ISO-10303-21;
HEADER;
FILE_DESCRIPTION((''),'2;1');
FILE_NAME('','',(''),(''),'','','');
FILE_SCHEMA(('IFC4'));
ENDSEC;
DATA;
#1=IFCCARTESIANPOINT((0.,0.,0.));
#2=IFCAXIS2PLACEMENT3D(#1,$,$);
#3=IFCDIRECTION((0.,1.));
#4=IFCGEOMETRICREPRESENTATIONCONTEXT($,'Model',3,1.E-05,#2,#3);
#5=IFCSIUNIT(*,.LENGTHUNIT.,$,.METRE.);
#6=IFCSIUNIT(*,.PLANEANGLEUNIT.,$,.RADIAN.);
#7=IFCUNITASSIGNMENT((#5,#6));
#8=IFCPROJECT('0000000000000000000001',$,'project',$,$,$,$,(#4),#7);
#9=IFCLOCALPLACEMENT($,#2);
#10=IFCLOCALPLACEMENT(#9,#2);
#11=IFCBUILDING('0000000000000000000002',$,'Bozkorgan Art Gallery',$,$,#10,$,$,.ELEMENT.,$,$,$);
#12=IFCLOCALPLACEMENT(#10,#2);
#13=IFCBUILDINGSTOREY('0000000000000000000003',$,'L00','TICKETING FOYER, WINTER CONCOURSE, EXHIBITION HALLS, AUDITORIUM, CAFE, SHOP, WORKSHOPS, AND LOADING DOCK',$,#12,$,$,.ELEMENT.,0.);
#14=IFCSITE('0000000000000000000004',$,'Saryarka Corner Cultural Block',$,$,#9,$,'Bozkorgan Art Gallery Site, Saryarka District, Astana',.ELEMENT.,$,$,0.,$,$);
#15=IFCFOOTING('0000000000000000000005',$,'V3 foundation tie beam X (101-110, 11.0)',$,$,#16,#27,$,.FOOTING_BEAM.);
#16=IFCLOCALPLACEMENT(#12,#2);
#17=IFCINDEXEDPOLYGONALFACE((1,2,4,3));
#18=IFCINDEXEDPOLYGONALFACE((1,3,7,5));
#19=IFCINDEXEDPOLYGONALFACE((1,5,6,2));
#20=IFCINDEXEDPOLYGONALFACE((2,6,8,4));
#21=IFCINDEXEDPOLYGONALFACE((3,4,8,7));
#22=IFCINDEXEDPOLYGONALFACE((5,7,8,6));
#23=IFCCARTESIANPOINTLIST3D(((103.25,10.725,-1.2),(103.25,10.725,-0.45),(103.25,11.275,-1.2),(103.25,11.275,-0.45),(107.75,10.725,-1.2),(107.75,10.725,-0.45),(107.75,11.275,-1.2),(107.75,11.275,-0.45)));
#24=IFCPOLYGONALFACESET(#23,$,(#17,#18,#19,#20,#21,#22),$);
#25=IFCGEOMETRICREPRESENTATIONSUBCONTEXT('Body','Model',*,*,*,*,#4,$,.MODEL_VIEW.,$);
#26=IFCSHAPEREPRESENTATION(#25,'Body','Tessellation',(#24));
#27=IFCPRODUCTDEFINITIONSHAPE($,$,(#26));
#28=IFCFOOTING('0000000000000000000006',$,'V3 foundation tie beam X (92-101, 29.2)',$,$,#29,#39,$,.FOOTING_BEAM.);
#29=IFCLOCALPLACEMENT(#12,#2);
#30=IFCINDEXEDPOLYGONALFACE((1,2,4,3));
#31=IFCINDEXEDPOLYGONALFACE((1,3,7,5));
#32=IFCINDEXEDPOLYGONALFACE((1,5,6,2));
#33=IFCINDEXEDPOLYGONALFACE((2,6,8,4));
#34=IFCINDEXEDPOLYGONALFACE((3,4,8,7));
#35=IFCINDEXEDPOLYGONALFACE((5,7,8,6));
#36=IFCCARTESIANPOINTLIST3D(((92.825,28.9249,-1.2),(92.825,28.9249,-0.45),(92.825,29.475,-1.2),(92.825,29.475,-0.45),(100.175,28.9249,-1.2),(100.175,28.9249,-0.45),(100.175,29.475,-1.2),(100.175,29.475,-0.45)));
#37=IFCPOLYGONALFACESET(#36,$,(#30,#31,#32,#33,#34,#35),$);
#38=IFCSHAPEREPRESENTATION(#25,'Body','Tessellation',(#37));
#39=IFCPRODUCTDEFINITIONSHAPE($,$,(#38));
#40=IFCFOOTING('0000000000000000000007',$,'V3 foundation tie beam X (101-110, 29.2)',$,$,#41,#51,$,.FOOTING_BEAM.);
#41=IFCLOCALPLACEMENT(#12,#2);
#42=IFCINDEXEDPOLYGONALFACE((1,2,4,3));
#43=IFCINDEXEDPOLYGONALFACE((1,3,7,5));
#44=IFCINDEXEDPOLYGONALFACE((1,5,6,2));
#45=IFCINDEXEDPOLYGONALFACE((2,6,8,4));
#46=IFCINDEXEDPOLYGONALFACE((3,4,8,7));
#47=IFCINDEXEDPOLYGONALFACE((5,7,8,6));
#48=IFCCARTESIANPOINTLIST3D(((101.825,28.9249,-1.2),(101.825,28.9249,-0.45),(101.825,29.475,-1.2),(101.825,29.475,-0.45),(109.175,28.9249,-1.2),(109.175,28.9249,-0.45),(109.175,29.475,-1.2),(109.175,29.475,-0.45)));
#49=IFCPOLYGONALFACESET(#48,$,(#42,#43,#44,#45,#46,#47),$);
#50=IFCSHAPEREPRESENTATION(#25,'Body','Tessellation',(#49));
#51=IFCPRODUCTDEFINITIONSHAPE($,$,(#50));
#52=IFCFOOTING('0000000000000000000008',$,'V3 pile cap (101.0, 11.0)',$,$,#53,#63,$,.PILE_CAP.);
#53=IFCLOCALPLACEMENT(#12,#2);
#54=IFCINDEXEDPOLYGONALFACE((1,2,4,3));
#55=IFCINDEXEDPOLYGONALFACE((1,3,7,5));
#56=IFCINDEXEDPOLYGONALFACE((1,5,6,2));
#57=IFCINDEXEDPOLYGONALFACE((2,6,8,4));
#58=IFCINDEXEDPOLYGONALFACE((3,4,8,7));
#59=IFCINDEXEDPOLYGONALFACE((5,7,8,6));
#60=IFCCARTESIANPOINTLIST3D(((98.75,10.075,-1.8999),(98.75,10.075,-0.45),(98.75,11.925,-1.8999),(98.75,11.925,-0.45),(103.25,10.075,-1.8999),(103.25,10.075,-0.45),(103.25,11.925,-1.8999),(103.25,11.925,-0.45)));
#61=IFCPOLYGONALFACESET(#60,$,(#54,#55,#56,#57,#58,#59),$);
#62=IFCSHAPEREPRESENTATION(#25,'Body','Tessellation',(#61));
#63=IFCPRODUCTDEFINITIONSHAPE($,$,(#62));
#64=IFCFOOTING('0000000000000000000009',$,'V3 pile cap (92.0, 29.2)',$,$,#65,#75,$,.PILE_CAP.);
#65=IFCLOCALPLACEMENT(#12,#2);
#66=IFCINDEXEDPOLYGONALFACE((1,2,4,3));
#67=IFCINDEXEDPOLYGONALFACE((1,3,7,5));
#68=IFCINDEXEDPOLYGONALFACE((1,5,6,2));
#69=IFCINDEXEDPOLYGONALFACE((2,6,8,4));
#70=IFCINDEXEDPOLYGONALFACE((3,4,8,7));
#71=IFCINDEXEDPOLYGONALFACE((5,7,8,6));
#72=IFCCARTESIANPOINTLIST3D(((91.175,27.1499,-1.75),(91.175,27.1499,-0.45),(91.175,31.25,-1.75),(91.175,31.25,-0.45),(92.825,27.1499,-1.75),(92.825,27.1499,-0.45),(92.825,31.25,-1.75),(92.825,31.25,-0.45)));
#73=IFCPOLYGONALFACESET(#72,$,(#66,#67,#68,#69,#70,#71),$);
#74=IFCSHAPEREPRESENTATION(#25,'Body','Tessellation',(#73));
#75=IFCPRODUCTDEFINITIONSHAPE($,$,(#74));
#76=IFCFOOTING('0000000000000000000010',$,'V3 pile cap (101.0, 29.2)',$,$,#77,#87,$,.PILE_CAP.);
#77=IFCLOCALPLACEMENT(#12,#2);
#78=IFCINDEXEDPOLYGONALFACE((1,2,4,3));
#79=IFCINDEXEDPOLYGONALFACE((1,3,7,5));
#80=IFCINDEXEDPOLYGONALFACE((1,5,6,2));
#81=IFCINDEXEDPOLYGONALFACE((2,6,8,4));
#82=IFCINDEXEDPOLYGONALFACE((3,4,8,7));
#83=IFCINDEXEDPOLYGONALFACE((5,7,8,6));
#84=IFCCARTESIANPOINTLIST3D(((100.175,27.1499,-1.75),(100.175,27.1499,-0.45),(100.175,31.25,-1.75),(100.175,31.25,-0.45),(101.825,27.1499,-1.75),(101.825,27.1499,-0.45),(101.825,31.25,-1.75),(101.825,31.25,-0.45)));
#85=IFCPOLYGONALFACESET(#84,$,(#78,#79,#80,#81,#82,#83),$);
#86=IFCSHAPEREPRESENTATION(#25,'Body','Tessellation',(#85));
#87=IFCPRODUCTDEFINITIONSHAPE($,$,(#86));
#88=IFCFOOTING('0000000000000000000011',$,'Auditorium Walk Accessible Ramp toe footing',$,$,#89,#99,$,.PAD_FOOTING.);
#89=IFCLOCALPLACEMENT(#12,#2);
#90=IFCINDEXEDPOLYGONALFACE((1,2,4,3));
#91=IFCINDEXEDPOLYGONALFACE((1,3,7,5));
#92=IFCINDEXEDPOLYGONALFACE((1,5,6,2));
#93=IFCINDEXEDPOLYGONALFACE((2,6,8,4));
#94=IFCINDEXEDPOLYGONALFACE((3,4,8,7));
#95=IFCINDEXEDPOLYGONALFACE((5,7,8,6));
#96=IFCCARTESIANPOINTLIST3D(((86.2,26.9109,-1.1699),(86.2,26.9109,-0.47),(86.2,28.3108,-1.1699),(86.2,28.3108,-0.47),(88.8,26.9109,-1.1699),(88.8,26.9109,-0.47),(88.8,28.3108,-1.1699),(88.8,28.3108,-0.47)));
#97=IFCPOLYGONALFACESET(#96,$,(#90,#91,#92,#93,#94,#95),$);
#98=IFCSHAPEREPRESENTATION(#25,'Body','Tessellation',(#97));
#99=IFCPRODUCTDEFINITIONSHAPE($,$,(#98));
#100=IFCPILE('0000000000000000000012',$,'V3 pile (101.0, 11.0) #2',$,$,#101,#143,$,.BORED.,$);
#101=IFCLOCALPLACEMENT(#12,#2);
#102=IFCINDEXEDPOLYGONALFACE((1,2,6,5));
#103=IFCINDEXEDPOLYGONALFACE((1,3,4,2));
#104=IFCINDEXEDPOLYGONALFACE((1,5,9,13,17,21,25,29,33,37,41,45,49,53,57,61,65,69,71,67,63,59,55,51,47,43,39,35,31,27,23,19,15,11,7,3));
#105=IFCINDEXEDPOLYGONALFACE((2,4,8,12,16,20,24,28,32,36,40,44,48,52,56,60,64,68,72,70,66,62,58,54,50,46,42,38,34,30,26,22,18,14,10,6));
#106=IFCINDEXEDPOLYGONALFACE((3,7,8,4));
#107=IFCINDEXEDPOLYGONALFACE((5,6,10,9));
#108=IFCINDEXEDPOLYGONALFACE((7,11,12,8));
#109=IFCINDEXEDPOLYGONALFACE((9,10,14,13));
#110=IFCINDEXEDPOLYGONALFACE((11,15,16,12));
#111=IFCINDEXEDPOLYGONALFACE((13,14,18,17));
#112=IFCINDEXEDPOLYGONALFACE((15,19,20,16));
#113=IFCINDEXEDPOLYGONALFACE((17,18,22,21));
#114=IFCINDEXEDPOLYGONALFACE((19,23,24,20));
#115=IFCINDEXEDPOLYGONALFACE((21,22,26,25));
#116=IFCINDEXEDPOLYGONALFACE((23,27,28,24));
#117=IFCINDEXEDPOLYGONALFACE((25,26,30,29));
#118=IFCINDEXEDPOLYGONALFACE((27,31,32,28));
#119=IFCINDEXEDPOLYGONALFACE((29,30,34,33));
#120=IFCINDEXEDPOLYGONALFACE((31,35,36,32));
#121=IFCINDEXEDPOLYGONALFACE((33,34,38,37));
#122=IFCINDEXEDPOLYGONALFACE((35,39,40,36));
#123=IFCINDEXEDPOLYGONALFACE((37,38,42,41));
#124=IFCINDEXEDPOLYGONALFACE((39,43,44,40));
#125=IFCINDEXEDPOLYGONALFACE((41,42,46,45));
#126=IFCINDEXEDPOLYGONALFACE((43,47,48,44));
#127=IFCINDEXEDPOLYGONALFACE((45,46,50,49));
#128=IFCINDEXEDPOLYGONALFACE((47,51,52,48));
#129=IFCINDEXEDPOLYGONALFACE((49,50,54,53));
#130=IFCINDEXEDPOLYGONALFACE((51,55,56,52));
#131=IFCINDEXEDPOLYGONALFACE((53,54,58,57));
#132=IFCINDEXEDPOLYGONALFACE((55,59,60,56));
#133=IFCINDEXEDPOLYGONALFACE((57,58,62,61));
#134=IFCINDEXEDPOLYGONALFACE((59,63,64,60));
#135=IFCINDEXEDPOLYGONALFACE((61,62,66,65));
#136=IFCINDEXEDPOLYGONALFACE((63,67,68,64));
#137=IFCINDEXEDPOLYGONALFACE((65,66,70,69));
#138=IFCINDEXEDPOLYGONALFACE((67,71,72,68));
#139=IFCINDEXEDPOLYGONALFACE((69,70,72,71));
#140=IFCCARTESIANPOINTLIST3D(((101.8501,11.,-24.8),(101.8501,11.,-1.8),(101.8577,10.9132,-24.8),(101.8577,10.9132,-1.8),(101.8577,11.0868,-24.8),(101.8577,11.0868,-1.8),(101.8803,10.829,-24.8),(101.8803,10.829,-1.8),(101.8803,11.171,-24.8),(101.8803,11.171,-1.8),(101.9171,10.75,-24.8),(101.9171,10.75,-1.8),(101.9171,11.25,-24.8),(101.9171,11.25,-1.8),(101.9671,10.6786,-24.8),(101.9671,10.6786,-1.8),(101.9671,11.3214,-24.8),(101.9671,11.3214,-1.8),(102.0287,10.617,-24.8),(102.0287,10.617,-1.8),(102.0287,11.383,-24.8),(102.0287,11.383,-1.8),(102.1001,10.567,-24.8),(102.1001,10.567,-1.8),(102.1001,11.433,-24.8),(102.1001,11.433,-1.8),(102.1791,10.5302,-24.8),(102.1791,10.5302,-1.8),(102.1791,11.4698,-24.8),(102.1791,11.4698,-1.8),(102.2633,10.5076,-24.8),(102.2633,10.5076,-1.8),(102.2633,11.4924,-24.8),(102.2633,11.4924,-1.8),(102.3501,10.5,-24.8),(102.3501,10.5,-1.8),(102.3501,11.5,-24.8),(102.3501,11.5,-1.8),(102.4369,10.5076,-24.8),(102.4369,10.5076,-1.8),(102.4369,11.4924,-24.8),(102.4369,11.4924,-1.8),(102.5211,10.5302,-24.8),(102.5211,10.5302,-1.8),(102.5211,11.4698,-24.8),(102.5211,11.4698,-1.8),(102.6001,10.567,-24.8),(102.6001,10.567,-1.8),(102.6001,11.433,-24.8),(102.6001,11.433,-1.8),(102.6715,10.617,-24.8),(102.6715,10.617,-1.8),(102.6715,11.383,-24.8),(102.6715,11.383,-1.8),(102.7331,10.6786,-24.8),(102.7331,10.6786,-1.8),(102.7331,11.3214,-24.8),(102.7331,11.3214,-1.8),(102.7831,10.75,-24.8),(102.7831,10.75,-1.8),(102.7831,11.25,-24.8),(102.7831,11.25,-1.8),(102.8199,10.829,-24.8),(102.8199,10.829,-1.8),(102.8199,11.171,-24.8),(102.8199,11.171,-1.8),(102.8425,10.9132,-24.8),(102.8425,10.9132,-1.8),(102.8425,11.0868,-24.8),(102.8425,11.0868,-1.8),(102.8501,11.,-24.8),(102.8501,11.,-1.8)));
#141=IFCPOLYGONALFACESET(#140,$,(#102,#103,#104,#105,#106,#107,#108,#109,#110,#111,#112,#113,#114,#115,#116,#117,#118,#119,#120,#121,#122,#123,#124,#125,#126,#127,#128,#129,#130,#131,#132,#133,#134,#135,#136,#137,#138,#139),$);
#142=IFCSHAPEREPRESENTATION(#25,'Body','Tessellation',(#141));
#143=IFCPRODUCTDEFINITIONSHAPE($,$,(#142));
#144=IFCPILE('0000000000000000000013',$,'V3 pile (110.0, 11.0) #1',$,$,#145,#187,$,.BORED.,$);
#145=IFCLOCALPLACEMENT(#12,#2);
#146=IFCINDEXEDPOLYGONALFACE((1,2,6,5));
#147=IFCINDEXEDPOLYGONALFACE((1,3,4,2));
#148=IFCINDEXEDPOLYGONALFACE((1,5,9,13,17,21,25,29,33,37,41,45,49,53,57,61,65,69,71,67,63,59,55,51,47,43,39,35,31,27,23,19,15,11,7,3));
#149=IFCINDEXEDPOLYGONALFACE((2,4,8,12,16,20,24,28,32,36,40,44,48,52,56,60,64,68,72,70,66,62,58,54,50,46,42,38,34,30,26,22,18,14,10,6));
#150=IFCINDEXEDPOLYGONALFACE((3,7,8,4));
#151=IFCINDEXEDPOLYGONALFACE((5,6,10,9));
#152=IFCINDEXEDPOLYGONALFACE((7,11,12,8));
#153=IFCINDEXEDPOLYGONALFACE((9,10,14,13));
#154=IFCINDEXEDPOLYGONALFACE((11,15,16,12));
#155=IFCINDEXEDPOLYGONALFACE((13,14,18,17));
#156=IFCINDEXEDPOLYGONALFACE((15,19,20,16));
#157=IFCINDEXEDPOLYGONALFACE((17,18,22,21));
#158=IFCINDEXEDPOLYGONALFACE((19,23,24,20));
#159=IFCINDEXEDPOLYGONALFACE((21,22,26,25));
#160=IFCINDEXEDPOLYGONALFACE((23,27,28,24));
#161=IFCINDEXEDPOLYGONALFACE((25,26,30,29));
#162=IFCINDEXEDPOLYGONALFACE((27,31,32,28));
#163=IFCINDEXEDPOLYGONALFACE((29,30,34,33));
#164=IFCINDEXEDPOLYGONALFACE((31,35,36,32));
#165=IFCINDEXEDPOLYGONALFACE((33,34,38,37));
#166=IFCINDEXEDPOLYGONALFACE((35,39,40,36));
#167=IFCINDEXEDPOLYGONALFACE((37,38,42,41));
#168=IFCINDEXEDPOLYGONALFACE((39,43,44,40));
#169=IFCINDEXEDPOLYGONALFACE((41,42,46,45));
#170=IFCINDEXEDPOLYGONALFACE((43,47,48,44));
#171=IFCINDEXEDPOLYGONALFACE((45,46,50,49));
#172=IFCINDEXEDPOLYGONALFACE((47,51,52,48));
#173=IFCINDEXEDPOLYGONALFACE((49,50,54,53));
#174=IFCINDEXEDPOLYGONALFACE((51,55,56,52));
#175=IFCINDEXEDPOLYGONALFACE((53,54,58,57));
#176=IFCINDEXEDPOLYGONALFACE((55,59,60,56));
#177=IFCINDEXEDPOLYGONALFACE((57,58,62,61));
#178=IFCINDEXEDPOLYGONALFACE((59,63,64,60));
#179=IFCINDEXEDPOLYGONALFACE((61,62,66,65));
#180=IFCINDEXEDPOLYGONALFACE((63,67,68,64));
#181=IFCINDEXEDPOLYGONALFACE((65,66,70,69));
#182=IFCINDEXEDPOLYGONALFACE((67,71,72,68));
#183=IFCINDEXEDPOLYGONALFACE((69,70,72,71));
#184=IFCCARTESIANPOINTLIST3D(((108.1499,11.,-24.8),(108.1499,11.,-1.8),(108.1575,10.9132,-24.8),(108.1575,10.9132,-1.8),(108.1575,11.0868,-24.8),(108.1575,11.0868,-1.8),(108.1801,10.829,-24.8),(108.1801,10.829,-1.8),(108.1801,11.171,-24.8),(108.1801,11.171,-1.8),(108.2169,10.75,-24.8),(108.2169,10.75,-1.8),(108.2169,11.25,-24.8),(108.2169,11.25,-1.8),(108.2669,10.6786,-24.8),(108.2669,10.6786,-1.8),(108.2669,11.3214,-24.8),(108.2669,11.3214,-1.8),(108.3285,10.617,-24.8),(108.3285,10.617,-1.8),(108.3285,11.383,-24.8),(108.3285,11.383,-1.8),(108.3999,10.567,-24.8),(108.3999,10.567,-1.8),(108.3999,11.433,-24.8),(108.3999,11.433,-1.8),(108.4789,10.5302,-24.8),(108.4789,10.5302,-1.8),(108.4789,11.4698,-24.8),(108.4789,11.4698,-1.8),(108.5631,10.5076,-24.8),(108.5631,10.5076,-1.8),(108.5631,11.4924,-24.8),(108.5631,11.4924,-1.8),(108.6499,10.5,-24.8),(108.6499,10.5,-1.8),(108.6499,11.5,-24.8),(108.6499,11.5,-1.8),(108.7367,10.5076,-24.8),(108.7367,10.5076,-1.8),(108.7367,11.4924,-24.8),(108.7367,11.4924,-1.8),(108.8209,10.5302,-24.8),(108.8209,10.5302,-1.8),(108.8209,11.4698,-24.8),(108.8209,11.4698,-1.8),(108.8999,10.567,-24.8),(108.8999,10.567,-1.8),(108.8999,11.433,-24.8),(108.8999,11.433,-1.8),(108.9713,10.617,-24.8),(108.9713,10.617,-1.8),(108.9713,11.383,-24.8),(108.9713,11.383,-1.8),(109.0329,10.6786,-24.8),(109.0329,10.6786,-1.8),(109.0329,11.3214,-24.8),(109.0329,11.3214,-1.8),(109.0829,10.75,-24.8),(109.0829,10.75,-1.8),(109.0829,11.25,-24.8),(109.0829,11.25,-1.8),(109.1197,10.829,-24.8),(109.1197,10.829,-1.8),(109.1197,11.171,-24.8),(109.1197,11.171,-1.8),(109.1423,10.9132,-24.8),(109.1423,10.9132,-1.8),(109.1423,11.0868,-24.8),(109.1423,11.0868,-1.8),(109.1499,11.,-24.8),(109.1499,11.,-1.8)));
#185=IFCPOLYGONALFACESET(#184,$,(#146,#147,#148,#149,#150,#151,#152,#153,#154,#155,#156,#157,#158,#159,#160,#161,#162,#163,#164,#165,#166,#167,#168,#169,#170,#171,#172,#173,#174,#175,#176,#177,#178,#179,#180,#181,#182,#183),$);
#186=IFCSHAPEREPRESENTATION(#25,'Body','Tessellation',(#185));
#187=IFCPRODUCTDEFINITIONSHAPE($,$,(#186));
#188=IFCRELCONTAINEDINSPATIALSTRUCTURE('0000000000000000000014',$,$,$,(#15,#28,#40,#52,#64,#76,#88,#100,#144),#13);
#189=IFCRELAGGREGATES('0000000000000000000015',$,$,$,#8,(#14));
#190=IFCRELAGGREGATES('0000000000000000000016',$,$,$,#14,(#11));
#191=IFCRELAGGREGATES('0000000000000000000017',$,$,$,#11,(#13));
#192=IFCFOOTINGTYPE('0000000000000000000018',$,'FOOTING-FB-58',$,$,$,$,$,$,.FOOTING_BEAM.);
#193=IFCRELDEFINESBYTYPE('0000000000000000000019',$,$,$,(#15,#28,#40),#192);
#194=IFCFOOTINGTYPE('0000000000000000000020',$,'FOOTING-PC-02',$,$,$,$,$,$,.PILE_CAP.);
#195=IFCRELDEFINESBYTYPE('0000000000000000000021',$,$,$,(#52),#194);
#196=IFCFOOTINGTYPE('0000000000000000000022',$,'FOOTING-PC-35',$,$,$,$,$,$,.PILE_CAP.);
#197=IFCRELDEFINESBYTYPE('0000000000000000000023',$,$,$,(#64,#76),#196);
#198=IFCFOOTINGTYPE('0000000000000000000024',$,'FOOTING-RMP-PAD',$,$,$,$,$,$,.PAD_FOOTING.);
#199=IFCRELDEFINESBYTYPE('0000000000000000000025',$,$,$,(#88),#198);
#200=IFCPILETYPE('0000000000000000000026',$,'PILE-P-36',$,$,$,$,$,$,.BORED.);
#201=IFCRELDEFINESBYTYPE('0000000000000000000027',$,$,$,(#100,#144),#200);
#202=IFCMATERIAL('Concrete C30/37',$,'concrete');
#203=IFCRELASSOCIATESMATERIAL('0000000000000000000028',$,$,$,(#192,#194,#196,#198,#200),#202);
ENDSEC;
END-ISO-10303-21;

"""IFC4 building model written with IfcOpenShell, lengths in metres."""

from ifc_helpers import new_model, si_unit, direction, frame, origin, origin_2d, place, context, subcontext, project, spatial, rectangle, circle, extrude, material, material_profile, profile_set, type_object, element, save


model = new_model("IFC4")

# Units and contexts
model_context = context("Model", 3, precision=1e-05, world=origin(), true_north=direction((0.0, 1.0)))
body_context = subcontext(model_context, "Body", "Model", "MODEL_VIEW")
ifc_project = project(units=[si_unit("LENGTHUNIT", "METRE"), si_unit("PLANEANGLEUNIT", "RADIAN")], contexts=[model_context])

# Site, building, storey
site_placement = place(None, origin())
site = spatial("IfcSite", under=ifc_project, at=site_placement, Name="Saryarka Corner Cultural Block", LongName="Bozkorgan Art Gallery Site, Saryarka District, Astana", CompositionType="ELEMENT", RefElevation=0.0)
building_placement = place(site_placement, origin())
building = spatial("IfcBuilding", under=site, at=building_placement, Name="Bozkorgan Art Gallery", CompositionType="ELEMENT")
storey_placement = place(building_placement, origin())
storey = spatial("IfcBuildingStorey", under=building, at=storey_placement, Name="L00", Description="TICKETING FOYER, WINTER CONCOURSE, EXHIBITION HALLS, AUDITORIUM, CAFE, SHOP, WORKSHOPS, AND LOADING DOCK", CompositionType="ELEMENT", Elevation=0.0)

# Footings
ifc_material_1 = material(Name="Concrete C30/37", Category="concrete")
ifc_material_profile_1 = material_profile(ifc_material_1, rectangle(XDim=0.55, YDim=0.75, at=origin_2d()), Name="FND 550x750")
ifc_profile_set_1 = profile_set([ifc_material_profile_1], Name="Concrete C30/37")
footing_type_1 = type_object("IfcFootingType", Name="FOOTING-FB-58", PredefinedType="FOOTING_BEAM", material=ifc_profile_set_1)
footing_1_placement = place(storey_placement, frame((103.25, 11.0, -0.825), z_axis=(1.0, 0.0, 0.0), x_axis=(0.0, 1.0, 0.0)))
element("IfcFooting", 1, at=footing_1_placement, inside=storey, type_object=footing_type_1, Name="V3 foundation tie beam X (101-110, 11.0)", PredefinedType="FOOTING_BEAM", context=body_context, shape_type="SweptSolid", body=[
    extrude(rectangle(XDim=0.55, YDim=0.75, at=origin_2d()), origin(), (0.0, 0.0, 1.0), 4.5),
])
for number, where, z_axis, x_axis, name in (
    (2, (92.825, 29.2, -0.825), (1.0, 0.0, 0.0), (0.0, 1.0, 0.0), "V3 foundation tie beam X (92-101, 29.2)"),
    (3, (101.825, 29.2, -0.825), (1.0, 0.0, 0.0), (0.0, 1.0, 0.0), "V3 foundation tie beam X (101-110, 29.2)"),
):
    element("IfcFooting", number, at=place(storey_placement, frame(where, z_axis=z_axis, x_axis=x_axis)), inside=storey, type_object=footing_type_1, Name=name, PredefinedType="FOOTING_BEAM", context=body_context, shape_type="SweptSolid", body=[
        extrude(rectangle(XDim=0.55, YDim=0.75, at=origin_2d()), origin(), (0.0, 0.0, 1.0), 7.3501),
    ])
footing_type_2 = type_object("IfcFootingType", Name="FOOTING-PC-02", PredefinedType="PILE_CAP", material=ifc_material_1)
footing_2_placement = place(storey_placement, frame((101.0, 11.0, -1.8999), z_axis=(0.0, 0.0, 1.0), x_axis=(1.0, 0.0, 0.0)))
element("IfcFooting", 4, at=footing_2_placement, inside=storey, type_object=footing_type_2, Name="V3 pile cap (101.0, 11.0)", PredefinedType="PILE_CAP", context=body_context, shape_type="SweptSolid", body=[
    extrude(rectangle(XDim=4.5, YDim=1.8501, at=origin_2d()), origin(), (0.0, 0.0, 1.0), 1.45),
])
footing_type_3 = type_object("IfcFootingType", Name="FOOTING-PC-35", PredefinedType="PILE_CAP", material=ifc_material_1)
for number, where, z_axis, x_axis, name in (
    (5, (92.0, 29.2, -1.75), (0.0, 0.0, 1.0), (1.0, 0.0, 0.0), "V3 pile cap (92.0, 29.2)"),
    (6, (101.0, 29.2, -1.75), (0.0, 0.0, 1.0), (1.0, 0.0, 0.0), "V3 pile cap (101.0, 29.2)"),
):
    element("IfcFooting", number, at=place(storey_placement, frame(where, z_axis=z_axis, x_axis=x_axis)), inside=storey, type_object=footing_type_3, Name=name, PredefinedType="PILE_CAP", context=body_context, shape_type="SweptSolid", body=[
        extrude(rectangle(XDim=1.6499, YDim=4.1001, at=origin_2d()), origin(), (0.0, 0.0, 1.0), 1.3),
    ])
footing_type_4 = type_object("IfcFootingType", Name="FOOTING-RMP-PAD", PredefinedType="PAD_FOOTING", material=ifc_material_1)
footing_3_placement = place(storey_placement, frame((87.5, 27.6108, -1.1699), z_axis=(0.0, 0.0, 1.0), x_axis=(0.0, 1.0, 0.0)))
element("IfcFooting", 7, at=footing_3_placement, inside=storey, type_object=footing_type_4, Name="Auditorium Walk Accessible Ramp toe footing", PredefinedType="PAD_FOOTING", context=body_context, shape_type="SweptSolid", body=[
    extrude(rectangle(XDim=1.3999, YDim=2.6001, at=origin_2d()), origin(), (0.0, 0.0, 1.0), 0.7),
])

# Piles
ifc_material_profile_2 = material_profile(ifc_material_1, circle(Radius=0.5, at=origin_2d()), Name="PILE D1000")
ifc_profile_set_2 = profile_set([ifc_material_profile_2], Name="Concrete C30/37")
pile_type_1 = type_object("IfcPileType", Name="PILE-P-36", PredefinedType="BORED", material=ifc_profile_set_2)
for number, where, z_axis, x_axis, name in (
    (8, (102.3501, 11.0, -1.8), (0.0, 0.0, -1.0), (1.0, 0.0, 0.0), "V3 pile (101.0, 11.0) #2"),
    (9, (108.6499, 11.0, -1.8), (0.0, 0.0, -1.0), (1.0, 0.0, 0.0), "V3 pile (110.0, 11.0) #1"),
):
    element("IfcPile", number, at=place(storey_placement, frame(where, z_axis=z_axis, x_axis=x_axis)), inside=storey, type_object=pile_type_1, Name=name, PredefinedType="BORED", context=body_context, shape_type="SweptSolid", body=[
        extrude(circle(Radius=0.5, at=origin_2d()), origin(), (0.0, 0.0, 1.0), 23.0),
    ])

save(model, "model.ifc")
